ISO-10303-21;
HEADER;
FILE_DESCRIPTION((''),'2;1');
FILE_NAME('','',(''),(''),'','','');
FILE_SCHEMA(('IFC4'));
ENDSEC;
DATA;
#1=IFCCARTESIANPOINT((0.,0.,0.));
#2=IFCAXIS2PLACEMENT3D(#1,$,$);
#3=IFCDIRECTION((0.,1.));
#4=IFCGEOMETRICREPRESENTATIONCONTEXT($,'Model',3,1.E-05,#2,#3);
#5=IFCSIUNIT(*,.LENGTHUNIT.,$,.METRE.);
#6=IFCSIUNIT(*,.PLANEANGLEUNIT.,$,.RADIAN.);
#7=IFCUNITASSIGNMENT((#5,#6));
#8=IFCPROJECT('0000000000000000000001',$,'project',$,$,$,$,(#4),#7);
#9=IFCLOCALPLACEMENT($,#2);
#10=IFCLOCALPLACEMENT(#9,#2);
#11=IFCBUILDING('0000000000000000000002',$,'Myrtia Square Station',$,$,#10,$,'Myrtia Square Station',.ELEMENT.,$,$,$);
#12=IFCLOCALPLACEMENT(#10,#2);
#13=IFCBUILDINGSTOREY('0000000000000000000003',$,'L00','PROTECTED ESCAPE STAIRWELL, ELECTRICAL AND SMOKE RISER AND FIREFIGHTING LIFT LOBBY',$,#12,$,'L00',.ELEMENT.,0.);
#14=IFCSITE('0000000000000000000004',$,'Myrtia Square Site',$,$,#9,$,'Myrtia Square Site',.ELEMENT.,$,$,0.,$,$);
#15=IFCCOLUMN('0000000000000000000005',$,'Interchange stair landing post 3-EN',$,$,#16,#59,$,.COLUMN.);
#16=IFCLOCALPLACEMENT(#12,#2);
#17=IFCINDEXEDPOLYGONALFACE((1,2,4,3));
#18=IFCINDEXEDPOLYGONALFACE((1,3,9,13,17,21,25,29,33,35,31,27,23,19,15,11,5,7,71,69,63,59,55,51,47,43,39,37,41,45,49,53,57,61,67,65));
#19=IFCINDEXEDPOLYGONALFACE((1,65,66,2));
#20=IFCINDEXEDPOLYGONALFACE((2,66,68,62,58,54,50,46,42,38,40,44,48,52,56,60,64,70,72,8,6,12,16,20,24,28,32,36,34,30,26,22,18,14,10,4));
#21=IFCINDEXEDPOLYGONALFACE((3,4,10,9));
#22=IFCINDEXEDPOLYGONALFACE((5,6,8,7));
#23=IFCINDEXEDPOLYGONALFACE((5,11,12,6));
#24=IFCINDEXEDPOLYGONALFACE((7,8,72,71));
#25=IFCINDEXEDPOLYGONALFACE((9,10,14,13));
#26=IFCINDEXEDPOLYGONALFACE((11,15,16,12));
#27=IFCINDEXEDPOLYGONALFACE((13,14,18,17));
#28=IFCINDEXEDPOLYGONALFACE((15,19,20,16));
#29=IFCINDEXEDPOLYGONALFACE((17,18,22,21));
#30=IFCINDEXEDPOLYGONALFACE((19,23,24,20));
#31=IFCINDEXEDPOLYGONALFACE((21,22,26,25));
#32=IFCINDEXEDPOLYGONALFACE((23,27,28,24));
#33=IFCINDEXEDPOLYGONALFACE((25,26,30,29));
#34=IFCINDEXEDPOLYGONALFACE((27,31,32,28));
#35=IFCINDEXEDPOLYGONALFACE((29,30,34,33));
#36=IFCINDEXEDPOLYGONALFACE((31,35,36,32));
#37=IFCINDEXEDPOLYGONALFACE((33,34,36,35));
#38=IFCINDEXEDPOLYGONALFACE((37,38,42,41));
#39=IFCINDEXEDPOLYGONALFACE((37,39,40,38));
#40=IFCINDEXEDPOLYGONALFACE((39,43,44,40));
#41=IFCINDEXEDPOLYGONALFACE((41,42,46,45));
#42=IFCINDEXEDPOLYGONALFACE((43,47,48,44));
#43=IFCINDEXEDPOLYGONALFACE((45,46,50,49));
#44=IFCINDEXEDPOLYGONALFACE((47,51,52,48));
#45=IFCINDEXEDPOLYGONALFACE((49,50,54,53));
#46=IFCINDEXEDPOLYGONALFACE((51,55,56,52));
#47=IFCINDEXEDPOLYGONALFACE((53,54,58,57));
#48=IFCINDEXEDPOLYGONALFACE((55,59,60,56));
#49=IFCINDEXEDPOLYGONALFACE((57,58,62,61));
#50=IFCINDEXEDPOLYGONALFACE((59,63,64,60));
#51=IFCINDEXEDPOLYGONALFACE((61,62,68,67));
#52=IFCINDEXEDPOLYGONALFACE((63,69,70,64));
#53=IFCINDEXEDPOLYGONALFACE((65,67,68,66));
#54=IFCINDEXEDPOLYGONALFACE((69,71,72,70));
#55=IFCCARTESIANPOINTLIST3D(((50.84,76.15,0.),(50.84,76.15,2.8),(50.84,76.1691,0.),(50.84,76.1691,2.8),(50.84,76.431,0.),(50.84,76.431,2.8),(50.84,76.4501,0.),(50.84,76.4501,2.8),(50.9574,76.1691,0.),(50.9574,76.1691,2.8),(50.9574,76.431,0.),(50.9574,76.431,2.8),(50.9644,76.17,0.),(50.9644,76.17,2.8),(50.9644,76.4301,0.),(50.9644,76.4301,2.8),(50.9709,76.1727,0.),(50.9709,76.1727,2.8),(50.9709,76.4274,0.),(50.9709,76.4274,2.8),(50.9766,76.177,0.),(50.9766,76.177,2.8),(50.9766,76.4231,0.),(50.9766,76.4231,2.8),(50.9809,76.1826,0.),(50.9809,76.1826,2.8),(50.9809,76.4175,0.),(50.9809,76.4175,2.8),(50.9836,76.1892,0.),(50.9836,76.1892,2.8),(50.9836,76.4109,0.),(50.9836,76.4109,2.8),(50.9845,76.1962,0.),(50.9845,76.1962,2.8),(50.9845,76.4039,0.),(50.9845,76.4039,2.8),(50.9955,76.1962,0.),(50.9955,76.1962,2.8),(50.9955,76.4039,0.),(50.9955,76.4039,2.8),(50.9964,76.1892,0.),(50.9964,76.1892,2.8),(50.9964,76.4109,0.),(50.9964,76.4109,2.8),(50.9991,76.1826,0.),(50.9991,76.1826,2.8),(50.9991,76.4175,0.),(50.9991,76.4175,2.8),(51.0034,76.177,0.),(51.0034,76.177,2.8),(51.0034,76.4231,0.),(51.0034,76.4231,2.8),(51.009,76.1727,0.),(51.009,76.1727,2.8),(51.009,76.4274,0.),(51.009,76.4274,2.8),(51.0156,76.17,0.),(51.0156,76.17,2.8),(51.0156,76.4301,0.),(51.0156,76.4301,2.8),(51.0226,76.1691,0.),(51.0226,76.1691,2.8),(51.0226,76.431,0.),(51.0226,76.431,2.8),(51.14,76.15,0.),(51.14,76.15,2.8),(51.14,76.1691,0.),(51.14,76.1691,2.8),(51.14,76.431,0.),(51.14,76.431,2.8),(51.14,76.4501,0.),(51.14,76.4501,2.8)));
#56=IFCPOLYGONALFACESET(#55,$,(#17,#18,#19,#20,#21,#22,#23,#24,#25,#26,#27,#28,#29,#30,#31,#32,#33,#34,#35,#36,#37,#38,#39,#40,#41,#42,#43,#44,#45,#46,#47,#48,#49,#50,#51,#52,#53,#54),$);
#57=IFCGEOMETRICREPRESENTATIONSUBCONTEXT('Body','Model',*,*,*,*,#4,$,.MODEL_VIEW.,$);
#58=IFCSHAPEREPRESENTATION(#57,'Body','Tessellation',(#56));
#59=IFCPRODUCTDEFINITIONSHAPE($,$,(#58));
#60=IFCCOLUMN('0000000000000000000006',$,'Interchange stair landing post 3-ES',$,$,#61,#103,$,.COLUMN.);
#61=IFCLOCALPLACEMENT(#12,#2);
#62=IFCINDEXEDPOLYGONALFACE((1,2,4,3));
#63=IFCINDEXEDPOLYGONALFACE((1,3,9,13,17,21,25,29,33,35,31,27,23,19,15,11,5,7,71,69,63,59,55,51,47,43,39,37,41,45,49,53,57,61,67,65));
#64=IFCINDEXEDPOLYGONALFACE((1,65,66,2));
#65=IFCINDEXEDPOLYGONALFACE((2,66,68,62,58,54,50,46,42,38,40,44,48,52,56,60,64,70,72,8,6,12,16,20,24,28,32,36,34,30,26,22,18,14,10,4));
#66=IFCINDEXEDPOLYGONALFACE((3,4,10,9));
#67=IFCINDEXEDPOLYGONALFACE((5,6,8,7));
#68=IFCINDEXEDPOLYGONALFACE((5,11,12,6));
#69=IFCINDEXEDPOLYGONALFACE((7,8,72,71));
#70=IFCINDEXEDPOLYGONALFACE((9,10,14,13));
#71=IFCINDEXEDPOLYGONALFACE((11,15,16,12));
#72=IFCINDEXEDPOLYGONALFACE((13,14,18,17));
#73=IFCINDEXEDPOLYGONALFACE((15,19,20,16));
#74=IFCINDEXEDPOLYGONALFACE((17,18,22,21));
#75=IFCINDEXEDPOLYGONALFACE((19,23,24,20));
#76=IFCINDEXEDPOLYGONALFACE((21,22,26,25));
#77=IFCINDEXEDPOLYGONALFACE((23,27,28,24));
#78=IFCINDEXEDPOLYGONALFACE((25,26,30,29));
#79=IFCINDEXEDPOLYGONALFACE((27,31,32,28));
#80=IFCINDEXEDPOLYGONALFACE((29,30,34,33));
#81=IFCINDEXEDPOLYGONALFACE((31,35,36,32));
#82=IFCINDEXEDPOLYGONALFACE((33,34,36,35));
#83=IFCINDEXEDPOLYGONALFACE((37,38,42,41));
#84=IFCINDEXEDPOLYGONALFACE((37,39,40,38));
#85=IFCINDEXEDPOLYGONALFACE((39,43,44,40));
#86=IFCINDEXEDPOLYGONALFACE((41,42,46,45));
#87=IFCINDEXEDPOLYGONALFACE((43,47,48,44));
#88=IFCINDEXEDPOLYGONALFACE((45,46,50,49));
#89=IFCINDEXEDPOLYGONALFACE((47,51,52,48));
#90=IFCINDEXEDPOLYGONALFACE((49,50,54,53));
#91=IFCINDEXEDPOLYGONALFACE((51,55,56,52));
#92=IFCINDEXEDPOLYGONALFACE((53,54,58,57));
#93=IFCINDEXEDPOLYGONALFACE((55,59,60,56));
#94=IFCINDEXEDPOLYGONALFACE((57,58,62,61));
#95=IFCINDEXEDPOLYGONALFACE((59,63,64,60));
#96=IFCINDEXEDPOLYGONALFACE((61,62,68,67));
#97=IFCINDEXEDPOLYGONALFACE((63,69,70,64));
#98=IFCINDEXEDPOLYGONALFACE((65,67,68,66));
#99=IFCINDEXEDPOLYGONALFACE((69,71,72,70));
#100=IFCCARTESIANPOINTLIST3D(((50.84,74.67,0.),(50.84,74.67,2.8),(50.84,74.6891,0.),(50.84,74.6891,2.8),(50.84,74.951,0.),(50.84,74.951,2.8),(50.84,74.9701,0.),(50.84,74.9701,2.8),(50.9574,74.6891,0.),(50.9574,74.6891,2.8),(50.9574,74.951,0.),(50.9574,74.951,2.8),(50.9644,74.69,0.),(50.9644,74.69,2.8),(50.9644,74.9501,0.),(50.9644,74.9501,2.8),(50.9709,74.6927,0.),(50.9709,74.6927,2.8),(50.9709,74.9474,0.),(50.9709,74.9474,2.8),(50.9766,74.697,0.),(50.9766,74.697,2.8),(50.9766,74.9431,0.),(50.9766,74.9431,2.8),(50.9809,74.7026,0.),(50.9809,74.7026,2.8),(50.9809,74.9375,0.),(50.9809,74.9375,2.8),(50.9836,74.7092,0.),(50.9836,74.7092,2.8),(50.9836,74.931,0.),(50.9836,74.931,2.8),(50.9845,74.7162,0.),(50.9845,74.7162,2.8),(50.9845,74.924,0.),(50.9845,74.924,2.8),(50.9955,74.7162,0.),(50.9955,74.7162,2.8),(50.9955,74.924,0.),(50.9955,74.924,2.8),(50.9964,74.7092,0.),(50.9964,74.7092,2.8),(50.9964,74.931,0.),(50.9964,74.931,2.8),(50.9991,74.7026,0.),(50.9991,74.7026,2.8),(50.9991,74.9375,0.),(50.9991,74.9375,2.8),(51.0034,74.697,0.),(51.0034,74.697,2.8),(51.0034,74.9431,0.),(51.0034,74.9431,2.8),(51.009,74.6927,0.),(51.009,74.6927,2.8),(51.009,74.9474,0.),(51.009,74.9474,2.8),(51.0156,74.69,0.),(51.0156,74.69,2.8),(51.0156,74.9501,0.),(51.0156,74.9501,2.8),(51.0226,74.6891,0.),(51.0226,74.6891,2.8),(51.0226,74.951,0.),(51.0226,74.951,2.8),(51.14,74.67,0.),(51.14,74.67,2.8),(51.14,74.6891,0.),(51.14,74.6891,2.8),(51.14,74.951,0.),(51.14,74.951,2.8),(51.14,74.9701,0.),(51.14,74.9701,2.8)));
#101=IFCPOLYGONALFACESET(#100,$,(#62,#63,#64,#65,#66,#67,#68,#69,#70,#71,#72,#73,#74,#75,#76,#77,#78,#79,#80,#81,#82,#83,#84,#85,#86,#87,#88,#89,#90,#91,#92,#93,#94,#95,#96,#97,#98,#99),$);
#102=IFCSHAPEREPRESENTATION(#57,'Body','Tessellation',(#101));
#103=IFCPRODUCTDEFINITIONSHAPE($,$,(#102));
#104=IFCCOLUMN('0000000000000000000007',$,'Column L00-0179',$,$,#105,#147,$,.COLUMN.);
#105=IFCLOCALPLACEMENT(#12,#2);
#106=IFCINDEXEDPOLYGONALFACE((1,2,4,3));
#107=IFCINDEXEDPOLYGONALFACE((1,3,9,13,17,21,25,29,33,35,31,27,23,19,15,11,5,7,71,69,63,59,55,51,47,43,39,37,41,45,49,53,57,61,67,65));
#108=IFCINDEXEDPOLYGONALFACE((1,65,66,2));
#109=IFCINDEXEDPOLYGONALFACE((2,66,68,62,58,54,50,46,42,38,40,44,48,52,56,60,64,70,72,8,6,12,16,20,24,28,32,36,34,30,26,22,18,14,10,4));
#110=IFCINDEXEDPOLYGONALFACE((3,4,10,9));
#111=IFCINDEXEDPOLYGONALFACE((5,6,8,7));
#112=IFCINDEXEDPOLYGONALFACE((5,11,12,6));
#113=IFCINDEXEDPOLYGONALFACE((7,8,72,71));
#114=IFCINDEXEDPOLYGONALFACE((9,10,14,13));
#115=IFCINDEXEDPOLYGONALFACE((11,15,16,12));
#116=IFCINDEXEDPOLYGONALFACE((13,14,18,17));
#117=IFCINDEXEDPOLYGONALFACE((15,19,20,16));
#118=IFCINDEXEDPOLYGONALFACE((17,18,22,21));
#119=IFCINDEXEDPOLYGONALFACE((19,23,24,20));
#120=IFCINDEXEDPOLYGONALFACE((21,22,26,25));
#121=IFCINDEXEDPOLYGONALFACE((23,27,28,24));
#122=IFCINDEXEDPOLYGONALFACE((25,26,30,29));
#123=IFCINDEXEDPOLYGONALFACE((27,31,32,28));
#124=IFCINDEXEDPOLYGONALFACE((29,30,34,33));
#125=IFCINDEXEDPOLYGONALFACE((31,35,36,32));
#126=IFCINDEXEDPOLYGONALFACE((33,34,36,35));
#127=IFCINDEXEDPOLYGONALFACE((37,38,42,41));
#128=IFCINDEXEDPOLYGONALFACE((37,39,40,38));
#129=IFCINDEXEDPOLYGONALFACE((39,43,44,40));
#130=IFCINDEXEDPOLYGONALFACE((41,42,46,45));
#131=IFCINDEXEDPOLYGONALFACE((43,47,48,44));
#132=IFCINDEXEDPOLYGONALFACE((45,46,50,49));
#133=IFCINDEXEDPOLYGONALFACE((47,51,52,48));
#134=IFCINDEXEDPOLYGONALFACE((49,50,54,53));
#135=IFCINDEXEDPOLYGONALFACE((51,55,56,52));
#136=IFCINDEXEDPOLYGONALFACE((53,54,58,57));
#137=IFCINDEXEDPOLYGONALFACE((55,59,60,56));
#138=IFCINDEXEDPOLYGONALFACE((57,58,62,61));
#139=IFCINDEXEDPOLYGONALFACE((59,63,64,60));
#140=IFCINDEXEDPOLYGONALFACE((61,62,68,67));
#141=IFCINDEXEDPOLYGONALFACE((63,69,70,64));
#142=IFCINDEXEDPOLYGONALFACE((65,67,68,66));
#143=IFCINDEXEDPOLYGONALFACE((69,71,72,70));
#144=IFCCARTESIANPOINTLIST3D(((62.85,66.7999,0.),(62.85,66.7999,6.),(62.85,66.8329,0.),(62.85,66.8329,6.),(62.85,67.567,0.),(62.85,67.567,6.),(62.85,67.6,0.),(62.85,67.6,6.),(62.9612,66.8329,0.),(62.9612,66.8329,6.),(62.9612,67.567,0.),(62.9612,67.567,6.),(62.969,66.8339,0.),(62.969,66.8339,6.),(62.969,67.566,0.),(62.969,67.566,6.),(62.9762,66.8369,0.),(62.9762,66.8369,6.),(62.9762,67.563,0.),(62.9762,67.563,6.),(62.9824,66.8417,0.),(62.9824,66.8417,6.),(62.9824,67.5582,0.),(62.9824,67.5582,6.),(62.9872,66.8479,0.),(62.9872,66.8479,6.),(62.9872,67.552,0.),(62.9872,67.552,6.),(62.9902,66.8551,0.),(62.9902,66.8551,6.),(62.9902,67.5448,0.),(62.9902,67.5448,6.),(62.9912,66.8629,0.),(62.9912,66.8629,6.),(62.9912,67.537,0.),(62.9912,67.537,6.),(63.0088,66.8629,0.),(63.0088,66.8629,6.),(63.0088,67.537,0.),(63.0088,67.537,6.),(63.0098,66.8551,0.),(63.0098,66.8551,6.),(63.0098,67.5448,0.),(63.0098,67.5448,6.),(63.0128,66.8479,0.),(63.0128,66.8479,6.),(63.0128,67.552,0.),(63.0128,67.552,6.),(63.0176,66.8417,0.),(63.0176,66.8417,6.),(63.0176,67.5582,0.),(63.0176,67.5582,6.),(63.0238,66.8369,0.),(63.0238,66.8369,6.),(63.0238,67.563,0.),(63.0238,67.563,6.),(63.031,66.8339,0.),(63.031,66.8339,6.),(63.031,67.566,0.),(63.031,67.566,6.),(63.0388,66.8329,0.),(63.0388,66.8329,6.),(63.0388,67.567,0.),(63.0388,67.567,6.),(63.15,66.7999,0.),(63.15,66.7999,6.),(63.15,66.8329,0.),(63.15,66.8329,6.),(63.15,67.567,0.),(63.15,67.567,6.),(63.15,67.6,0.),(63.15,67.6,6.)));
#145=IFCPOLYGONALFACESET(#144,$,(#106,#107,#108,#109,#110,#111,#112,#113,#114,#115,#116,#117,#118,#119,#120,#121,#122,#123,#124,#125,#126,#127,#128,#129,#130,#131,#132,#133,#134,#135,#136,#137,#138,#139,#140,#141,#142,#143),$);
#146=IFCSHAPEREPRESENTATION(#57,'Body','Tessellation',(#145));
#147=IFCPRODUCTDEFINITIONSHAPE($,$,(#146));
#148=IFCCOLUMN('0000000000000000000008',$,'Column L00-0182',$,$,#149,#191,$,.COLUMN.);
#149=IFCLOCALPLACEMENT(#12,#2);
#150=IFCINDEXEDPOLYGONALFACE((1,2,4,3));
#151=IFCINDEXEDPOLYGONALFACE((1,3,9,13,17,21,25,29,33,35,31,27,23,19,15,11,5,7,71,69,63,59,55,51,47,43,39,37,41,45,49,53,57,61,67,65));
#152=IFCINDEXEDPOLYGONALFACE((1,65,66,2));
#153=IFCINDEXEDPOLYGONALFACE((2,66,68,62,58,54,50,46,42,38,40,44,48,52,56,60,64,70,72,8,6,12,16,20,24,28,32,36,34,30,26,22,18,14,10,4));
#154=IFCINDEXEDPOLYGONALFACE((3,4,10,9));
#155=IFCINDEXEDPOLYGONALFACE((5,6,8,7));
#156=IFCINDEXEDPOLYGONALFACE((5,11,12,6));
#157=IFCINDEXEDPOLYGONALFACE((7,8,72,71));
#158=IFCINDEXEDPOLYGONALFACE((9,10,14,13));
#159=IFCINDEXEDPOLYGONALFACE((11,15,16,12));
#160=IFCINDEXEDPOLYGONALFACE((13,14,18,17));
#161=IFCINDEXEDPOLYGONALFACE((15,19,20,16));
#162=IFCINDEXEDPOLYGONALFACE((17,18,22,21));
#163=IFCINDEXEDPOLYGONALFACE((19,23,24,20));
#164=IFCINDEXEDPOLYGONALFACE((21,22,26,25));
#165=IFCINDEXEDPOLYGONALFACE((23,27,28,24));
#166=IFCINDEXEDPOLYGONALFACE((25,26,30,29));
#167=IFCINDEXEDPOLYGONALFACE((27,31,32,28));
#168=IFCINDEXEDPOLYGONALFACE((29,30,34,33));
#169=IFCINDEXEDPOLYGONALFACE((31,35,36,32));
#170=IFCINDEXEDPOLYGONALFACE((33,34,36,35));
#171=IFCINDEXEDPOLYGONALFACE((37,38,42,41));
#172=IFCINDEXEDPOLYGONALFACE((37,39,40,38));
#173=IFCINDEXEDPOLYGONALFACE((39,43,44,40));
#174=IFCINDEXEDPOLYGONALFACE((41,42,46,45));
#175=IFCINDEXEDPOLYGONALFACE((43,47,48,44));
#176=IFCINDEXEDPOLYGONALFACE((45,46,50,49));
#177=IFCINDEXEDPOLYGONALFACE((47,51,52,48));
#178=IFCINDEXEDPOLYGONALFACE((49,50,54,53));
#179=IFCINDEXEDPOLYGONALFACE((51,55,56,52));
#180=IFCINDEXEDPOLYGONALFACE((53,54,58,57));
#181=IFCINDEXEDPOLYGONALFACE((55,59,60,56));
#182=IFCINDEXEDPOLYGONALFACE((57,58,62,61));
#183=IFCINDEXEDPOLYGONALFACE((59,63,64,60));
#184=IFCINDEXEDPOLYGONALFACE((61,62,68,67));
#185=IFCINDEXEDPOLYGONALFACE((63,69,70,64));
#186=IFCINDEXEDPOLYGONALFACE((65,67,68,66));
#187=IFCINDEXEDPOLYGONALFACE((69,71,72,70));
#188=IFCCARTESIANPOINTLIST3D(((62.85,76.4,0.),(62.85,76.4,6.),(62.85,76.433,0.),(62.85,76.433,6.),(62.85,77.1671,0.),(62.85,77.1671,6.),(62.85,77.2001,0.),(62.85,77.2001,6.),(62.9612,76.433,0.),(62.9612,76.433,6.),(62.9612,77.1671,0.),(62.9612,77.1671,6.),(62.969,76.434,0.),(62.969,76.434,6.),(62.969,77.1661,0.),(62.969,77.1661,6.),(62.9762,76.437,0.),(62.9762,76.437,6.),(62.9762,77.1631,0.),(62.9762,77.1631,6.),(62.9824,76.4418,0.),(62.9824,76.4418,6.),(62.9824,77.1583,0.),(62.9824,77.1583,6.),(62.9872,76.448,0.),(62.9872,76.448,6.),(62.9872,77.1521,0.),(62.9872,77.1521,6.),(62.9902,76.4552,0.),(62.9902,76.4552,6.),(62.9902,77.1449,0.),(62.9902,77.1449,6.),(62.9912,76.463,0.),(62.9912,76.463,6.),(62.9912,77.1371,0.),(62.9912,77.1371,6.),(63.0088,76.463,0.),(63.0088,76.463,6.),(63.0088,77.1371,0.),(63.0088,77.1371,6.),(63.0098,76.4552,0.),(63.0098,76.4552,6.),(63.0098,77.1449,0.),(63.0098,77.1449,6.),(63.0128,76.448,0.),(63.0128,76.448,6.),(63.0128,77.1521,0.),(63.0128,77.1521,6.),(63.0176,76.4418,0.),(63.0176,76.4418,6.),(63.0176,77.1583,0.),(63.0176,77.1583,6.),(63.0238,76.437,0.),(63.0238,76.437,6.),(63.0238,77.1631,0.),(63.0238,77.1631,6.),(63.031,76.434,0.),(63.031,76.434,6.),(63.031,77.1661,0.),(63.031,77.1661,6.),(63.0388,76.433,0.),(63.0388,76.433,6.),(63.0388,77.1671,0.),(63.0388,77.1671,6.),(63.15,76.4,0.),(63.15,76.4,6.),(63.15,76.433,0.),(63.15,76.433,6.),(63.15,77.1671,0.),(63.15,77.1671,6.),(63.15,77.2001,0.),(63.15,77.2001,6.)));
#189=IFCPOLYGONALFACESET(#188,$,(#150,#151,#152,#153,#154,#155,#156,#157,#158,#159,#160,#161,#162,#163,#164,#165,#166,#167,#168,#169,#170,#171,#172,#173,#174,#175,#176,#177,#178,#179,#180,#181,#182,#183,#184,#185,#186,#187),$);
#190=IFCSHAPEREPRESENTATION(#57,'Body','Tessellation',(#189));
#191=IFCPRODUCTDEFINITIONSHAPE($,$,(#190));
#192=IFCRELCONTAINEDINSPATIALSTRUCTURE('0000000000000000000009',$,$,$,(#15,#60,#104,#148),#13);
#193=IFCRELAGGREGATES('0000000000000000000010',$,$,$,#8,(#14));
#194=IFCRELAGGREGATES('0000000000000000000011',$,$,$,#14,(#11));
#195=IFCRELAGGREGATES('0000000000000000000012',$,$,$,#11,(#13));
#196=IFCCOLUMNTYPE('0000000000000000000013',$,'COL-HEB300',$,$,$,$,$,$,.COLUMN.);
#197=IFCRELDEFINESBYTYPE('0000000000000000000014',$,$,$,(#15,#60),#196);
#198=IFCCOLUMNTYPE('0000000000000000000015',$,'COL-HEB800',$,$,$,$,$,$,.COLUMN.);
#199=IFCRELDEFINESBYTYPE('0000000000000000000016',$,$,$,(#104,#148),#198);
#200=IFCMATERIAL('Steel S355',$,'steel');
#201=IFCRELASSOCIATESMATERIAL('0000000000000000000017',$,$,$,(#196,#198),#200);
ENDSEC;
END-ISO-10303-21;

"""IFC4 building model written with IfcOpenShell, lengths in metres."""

from ifc_helpers import new_model, si_unit, direction, frame, origin, origin_2d, place, context, subcontext, project, spatial, i_section, extrude, material, material_profile, profile_set, type_object, element, save


model = new_model("IFC4")

# Units and contexts
model_context = context("Model", 3, precision=1e-05, world=origin(), true_north=direction((0.0, 1.0)))
body_context = subcontext(model_context, "Body", "Model", "MODEL_VIEW")
ifc_project = project(units=[si_unit("LENGTHUNIT", "METRE"), si_unit("PLANEANGLEUNIT", "RADIAN")], contexts=[model_context])

# Site, building, storey
site_placement = place(None, origin())
site = spatial("IfcSite", under=ifc_project, at=site_placement, Name="Myrtia Square Site", LongName="Myrtia Square Site", CompositionType="ELEMENT", RefElevation=0.0)
building_placement = place(site_placement, origin())
building = spatial("IfcBuilding", under=site, at=building_placement, Name="Myrtia Square Station", LongName="Myrtia Square Station", CompositionType="ELEMENT")
storey_placement = place(building_placement, origin())
storey = spatial("IfcBuildingStorey", under=building, at=storey_placement, Name="L00", Description="PROTECTED ESCAPE STAIRWELL, ELECTRICAL AND SMOKE RISER AND FIREFIGHTING LIFT LOBBY", LongName="L00", CompositionType="ELEMENT", Elevation=0.0)

# Columns
ifc_material_1 = material(Name="Steel S355", Category="steel")
ifc_material_profile_1 = material_profile(ifc_material_1, i_section(OverallWidth=0.3, OverallDepth=0.3, WebThickness=0.011, FlangeThickness=0.019, FilletRadius=0.0271, at=origin_2d()), Name="HEB 300")
ifc_profile_set_1 = profile_set([ifc_material_profile_1], Name="Steel S355")
column_type_1 = type_object("IfcColumnType", Name="COL-HEB300", PredefinedType="COLUMN", material=ifc_profile_set_1)
for number, where, z_axis, x_axis, name in (
    (1, (50.99, 76.3, 0.0), (0.0, 0.0, 1.0), (1.0, 0.0, 0.0), "Interchange stair landing post 3-EN"),
    (2, (50.99, 74.8201, 0.0), (0.0, 0.0, 1.0), (1.0, 0.0, 0.0), "Interchange stair landing post 3-ES"),
):
    element("IfcColumn", number, at=place(storey_placement, frame(where, z_axis=z_axis, x_axis=x_axis)), inside=storey, type_object=column_type_1, Name=name, PredefinedType="COLUMN", context=body_context, shape_type="SweptSolid", body=[
        extrude(i_section(OverallWidth=0.3, OverallDepth=0.3, WebThickness=0.011, FlangeThickness=0.019, FilletRadius=0.0271, at=origin_2d()), origin(), (0.0, 0.0, 1.0), 2.8),
    ])
ifc_material_profile_2 = material_profile(ifc_material_1, i_section(OverallWidth=0.3, OverallDepth=0.8, WebThickness=0.0176, FlangeThickness=0.033, FilletRadius=0.03, at=origin_2d()), Name="HEB 800")
ifc_profile_set_2 = profile_set([ifc_material_profile_2], Name="Steel S355")
column_type_2 = type_object("IfcColumnType", Name="COL-HEB800", PredefinedType="COLUMN", material=ifc_profile_set_2)
for number, where, z_axis, x_axis, name in (
    (3, (63.0, 67.2, 0.0), (0.0, 0.0, 1.0), (1.0, 0.0, 0.0), "Column L00-0179"),
    (4, (63.0, 76.8, 0.0), (0.0, 0.0, 1.0), (1.0, 0.0, 0.0), "Column L00-0182"),
):
    element("IfcColumn", number, at=place(storey_placement, frame(where, z_axis=z_axis, x_axis=x_axis)), inside=storey, type_object=column_type_2, Name=name, PredefinedType="COLUMN", context=body_context, shape_type="SweptSolid", body=[
        extrude(i_section(OverallWidth=0.3, OverallDepth=0.8, WebThickness=0.0176, FlangeThickness=0.033, FilletRadius=0.03, at=origin_2d()), origin(), (0.0, 0.0, 1.0), 6.0),
    ])

save(model, "model.ifc")
